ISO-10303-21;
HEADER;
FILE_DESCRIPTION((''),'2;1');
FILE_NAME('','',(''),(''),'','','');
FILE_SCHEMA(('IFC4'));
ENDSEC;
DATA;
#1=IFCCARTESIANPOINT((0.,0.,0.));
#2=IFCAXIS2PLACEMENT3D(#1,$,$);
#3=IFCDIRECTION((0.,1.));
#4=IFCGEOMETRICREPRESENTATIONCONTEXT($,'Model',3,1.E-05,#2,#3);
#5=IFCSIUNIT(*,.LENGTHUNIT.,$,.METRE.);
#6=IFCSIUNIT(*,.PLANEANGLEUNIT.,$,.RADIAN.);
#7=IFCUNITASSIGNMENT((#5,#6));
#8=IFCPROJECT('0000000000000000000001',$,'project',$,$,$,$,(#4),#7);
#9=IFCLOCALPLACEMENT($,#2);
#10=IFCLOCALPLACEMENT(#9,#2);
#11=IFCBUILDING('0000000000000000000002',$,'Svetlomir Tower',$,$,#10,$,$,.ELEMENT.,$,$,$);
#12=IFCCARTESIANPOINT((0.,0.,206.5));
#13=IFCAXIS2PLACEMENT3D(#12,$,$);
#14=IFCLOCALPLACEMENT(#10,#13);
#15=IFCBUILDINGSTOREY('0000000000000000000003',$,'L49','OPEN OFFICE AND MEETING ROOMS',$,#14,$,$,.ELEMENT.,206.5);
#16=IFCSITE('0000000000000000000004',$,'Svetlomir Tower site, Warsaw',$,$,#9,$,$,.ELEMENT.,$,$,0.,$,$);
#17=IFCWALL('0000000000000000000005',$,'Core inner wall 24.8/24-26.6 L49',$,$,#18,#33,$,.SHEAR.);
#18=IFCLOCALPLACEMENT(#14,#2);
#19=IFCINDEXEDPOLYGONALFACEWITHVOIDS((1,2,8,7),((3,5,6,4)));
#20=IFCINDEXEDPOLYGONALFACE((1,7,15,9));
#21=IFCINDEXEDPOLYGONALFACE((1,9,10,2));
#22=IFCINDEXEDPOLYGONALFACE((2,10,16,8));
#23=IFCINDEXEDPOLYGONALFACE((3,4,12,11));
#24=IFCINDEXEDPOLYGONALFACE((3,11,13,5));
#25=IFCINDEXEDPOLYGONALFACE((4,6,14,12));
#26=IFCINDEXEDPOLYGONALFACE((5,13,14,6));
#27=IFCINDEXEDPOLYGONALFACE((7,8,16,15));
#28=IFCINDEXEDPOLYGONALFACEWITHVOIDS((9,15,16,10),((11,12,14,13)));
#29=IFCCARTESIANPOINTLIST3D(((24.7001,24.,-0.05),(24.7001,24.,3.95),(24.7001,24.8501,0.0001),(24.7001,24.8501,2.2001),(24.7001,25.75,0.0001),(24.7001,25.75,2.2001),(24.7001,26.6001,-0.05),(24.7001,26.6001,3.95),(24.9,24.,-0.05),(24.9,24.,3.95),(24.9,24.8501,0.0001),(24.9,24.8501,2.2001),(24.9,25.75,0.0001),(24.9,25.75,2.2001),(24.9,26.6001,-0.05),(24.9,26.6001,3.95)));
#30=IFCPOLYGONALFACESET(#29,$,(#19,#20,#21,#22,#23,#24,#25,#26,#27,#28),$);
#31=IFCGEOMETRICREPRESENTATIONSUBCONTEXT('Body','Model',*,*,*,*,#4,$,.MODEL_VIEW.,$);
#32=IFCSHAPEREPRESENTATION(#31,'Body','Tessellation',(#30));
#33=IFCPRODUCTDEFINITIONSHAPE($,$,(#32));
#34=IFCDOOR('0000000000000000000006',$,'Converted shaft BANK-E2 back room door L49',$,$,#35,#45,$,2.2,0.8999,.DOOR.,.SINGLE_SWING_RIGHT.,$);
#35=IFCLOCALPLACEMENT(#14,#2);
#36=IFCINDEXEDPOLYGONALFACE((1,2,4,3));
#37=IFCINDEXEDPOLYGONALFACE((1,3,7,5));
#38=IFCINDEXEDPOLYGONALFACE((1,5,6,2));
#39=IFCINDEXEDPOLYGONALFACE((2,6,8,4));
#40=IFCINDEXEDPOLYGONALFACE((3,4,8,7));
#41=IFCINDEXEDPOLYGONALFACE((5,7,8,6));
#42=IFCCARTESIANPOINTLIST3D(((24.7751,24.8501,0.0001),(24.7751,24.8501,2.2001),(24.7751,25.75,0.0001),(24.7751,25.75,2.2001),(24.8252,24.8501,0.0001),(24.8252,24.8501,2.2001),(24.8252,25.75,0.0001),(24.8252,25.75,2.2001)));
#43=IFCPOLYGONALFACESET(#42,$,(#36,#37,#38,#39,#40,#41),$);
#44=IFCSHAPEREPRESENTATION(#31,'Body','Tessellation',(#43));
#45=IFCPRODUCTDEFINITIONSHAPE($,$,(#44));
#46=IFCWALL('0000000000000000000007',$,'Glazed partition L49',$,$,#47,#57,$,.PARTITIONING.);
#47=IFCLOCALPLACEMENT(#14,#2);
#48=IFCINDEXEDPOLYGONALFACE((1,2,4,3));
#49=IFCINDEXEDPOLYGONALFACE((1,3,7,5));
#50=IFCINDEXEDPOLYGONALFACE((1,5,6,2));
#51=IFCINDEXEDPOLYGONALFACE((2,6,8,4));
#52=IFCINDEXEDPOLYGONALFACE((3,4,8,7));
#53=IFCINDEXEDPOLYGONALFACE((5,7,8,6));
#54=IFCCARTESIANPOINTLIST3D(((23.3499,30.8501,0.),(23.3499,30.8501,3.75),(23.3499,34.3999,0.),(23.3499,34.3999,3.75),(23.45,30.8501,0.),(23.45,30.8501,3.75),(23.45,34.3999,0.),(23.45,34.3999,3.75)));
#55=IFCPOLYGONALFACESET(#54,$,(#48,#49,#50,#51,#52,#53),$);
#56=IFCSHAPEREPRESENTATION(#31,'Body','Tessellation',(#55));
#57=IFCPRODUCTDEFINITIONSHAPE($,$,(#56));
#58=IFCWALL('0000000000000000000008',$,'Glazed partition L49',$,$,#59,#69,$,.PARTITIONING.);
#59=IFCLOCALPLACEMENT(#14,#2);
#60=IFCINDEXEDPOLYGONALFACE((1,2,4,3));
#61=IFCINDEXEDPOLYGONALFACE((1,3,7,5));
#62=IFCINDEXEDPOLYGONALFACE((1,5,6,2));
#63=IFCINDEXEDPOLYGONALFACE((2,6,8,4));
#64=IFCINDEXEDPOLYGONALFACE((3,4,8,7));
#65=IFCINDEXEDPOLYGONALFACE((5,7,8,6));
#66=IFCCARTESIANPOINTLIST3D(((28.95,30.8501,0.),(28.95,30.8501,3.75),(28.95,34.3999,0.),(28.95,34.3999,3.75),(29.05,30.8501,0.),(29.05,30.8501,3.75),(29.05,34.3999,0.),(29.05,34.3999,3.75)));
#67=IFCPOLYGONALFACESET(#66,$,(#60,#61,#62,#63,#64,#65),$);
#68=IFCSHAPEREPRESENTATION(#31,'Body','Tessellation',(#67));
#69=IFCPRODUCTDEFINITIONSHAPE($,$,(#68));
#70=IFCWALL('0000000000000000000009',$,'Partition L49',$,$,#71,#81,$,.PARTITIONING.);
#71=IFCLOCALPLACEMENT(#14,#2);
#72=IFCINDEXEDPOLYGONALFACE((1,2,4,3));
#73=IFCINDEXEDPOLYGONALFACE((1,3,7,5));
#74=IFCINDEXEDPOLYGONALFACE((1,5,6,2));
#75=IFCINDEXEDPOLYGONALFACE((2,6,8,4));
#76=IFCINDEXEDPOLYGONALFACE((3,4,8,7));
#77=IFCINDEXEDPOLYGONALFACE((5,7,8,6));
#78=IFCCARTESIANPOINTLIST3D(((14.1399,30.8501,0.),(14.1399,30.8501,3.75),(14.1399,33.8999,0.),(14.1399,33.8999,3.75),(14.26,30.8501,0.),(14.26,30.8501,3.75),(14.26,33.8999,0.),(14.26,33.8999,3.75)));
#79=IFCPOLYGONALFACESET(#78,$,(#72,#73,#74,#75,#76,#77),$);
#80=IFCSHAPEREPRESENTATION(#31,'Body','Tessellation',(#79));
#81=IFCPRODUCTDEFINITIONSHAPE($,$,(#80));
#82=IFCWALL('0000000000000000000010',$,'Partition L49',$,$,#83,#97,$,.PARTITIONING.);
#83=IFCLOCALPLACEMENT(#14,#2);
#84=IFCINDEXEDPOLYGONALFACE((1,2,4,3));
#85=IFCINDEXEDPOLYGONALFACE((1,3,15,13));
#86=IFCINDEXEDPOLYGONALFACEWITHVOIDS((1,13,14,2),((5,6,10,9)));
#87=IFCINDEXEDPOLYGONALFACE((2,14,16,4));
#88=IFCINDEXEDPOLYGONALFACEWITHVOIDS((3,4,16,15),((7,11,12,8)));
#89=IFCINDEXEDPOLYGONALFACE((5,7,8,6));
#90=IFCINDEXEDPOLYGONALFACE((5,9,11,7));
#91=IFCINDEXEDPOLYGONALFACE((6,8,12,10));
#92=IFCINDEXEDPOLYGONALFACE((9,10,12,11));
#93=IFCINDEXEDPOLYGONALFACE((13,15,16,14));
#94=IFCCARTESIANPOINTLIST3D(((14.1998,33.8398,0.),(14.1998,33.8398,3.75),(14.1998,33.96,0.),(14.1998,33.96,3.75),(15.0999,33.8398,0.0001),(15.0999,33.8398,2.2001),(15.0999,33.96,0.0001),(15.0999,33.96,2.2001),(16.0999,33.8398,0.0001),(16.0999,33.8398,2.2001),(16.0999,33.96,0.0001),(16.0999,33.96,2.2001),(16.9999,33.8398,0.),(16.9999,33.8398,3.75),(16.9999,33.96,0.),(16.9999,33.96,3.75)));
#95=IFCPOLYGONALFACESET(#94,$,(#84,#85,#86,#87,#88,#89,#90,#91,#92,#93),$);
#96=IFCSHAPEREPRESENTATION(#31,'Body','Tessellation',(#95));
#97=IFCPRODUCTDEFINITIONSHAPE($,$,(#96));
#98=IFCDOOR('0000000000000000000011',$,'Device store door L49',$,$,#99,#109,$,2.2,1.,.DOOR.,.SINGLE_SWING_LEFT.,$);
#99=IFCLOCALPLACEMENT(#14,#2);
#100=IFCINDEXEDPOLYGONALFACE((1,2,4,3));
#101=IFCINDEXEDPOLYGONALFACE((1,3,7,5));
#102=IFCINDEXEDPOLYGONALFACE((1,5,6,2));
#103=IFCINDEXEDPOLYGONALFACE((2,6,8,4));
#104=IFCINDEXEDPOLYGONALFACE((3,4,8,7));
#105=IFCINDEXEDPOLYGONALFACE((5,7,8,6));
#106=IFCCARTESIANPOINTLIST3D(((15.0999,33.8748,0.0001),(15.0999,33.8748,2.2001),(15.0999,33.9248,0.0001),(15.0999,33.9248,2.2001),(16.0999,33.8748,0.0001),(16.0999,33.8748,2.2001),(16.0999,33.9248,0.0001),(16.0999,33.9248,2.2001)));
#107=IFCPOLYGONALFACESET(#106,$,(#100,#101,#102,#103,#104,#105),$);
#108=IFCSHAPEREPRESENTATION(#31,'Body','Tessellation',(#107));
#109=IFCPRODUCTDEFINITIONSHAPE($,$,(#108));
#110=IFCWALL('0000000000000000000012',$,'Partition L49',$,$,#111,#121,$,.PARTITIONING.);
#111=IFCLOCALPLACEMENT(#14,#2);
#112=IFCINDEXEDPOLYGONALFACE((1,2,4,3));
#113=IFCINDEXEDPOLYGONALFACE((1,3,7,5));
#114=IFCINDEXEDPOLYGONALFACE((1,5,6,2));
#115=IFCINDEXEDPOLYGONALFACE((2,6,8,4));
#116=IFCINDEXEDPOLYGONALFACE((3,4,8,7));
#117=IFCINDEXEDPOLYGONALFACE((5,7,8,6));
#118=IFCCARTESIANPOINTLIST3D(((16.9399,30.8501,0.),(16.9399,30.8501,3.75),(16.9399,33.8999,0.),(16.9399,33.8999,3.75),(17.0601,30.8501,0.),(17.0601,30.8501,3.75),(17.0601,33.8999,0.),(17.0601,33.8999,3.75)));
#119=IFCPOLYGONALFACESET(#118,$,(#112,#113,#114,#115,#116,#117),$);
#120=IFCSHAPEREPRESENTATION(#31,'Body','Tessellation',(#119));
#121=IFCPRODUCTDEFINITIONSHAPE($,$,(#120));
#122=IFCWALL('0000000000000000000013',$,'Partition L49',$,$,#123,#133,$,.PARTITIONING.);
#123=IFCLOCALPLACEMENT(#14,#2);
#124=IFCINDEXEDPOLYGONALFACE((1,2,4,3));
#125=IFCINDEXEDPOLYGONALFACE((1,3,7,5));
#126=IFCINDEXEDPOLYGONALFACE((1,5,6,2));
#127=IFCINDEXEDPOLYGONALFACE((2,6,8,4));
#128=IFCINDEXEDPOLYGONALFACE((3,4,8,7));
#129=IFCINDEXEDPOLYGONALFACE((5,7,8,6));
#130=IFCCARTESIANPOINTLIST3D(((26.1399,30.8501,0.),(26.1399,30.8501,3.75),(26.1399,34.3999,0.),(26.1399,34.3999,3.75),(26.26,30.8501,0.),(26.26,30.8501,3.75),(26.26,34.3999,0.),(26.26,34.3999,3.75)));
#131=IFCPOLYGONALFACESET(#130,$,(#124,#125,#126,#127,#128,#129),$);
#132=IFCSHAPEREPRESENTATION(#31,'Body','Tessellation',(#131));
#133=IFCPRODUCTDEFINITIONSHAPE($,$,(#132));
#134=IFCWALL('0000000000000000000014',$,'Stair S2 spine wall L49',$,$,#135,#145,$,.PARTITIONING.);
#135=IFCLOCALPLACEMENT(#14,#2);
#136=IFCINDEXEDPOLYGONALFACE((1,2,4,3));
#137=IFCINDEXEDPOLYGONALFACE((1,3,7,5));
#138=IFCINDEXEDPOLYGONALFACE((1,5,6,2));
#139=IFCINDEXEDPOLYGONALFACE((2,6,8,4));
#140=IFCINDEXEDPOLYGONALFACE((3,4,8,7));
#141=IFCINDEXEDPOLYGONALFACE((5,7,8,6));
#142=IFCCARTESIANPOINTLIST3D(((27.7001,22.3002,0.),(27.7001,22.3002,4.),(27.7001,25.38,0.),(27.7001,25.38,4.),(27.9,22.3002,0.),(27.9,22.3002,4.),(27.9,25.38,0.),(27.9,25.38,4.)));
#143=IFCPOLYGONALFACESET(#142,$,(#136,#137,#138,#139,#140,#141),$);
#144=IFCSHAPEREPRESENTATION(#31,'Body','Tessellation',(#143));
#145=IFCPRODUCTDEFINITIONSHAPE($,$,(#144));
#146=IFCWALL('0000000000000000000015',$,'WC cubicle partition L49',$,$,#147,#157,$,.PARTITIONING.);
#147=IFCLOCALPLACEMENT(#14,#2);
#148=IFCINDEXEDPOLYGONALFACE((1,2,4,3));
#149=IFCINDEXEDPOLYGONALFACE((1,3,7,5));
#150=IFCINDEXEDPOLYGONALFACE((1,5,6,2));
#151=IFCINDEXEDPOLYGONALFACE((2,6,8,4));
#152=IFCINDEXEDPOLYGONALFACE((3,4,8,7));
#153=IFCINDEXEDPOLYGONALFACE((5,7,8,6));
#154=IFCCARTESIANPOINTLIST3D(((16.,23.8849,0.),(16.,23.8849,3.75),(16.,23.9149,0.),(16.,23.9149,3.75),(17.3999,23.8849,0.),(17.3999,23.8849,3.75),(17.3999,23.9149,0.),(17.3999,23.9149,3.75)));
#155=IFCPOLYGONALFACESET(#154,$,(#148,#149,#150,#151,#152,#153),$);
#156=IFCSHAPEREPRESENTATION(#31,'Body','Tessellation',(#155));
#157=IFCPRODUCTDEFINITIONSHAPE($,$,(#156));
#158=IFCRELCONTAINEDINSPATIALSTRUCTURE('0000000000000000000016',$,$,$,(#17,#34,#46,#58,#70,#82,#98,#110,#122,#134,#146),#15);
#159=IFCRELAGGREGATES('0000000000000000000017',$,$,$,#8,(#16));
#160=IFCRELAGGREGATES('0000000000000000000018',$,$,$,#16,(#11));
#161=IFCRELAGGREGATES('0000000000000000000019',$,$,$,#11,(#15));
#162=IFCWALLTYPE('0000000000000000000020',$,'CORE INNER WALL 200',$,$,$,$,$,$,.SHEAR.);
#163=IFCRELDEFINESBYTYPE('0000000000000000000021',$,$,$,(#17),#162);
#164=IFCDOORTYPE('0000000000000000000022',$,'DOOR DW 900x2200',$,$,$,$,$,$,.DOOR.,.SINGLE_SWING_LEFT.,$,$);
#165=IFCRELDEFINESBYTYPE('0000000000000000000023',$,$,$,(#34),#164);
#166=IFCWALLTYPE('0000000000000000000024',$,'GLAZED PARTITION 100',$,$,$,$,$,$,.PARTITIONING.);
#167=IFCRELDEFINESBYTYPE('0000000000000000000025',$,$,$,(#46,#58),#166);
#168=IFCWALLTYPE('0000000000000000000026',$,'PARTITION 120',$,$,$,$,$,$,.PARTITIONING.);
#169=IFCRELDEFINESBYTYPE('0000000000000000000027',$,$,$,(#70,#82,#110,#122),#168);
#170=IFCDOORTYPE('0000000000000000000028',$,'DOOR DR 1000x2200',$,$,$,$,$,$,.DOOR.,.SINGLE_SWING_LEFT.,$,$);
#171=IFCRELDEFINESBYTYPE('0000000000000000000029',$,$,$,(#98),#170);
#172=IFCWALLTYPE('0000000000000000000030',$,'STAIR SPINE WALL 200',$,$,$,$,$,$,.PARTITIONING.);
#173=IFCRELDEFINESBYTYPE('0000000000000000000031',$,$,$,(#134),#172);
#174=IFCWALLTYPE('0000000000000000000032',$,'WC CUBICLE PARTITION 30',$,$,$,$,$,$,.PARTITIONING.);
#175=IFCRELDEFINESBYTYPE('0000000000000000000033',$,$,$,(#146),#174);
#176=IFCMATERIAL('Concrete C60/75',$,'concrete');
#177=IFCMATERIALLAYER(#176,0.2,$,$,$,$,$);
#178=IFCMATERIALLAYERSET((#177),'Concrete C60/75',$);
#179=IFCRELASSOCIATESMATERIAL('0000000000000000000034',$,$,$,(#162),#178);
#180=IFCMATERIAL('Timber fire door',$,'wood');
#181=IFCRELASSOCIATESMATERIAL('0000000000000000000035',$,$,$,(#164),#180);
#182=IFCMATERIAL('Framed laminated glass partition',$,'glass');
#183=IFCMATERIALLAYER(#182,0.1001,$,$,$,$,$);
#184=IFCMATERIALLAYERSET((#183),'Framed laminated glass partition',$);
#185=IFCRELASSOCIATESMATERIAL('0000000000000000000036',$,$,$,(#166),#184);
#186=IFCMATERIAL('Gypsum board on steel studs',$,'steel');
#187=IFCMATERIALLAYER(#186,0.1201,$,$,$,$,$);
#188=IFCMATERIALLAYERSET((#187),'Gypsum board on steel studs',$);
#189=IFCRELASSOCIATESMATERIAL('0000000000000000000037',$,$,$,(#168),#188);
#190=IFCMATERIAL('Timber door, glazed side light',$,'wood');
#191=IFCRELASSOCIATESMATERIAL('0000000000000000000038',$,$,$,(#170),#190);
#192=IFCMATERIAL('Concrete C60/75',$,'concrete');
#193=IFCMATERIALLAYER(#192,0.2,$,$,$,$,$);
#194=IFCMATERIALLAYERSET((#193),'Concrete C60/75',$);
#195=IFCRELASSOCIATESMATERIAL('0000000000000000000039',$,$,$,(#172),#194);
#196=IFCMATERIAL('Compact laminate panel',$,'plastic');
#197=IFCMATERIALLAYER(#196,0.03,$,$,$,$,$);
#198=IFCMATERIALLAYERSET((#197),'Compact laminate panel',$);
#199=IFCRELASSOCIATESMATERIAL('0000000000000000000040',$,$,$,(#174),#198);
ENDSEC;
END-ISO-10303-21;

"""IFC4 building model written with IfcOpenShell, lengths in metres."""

from ifc_helpers import new_model, si_unit, direction, frame, frame_2d, origin, place, context, subcontext, project, spatial, rectangle, extrude, material, layer, layer_set, type_object, element, fill, save


model = new_model("IFC4")

# Units and contexts
model_context = context("Model", 3, precision=1e-05, world=origin(), true_north=direction((0.0, 1.0)))
body_context = subcontext(model_context, "Body", "Model", "MODEL_VIEW")
ifc_project = project(units=[si_unit("LENGTHUNIT", "METRE"), si_unit("PLANEANGLEUNIT", "RADIAN")], contexts=[model_context])

# Site, building, storey
site_placement = place(None, origin())
site = spatial("IfcSite", under=ifc_project, at=site_placement, Name="Svetlomir Tower site, Warsaw", CompositionType="ELEMENT", RefElevation=0.0)
building_placement = place(site_placement, origin())
building = spatial("IfcBuilding", under=site, at=building_placement, Name="Svetlomir Tower", CompositionType="ELEMENT")
storey_placement = place(building_placement, frame((0.0, 0.0, 206.5)))
storey = spatial("IfcBuildingStorey", under=building, at=storey_placement, Name="L49", Description="OPEN OFFICE AND MEETING ROOMS", CompositionType="ELEMENT", Elevation=206.5)

# Shared definitions
ifc_material_1 = material(Name="Concrete C60/75", Category="concrete")
ifc_layer_1 = layer(ifc_material_1, 0.2)
ifc_layer_set_1 = layer_set([ifc_layer_1], Name="Concrete C60/75")
wall_type_1 = type_object("IfcWallType", Name="CORE INNER WALL 200", PredefinedType="SHEAR", material=ifc_layer_set_1)

# Wall, opening, door
ifc_material_2 = material(Name="Timber fire door", Category="wood")
door_type_1 = type_object("IfcDoorType", Name="DOOR DW 900x2200", OperationType="SINGLE_SWING_LEFT", PredefinedType="DOOR", material=ifc_material_2)
wall_1_placement = place(storey_placement, frame((24.8, 24.0, -0.05), z_axis=(0.0, 0.0, 1.0), x_axis=(0.0, 1.0, 0.0)))
wall_1 = element("IfcWall", 1, at=wall_1_placement, inside=storey, type_object=wall_type_1, Name="Core inner wall 24.8/24-26.6 L49", PredefinedType="SHEAR", context=body_context, shape_type="SweptSolid", body=[
    extrude(rectangle(XDim=2.6001, YDim=0.2, at=frame_2d((1.3, 0.0))), origin(), (0.0, 0.0, 1.0), 4.0),
])
opening_1_placement = place(wall_1_placement, frame((0.8501, 0.0, 0.05)))
opening_1 = element("IfcOpeningElement", 2, at=opening_1_placement, cuts=wall_1, PredefinedType="OPENING", context=body_context, shape_type="SweptSolid", body=[
    extrude(rectangle(XDim=0.8999, YDim=2.2, at=frame_2d((0.45, 1.1001))), frame((0.0, 0.1099, 0.0), z_axis=(0.0, -1.0, 0.0), x_axis=(1.0, 0.0, 0.0)), (0.0, 0.0, 1.0), 0.22),
])
door_1_placement = place(opening_1_placement, origin())
door_1 = element("IfcDoor", 3, at=door_1_placement, inside=storey, type_object=door_type_1, Name="Converted shaft BANK-E2 back room door L49", OperationType="SINGLE_SWING_RIGHT", OverallHeight=2.2, OverallWidth=0.8999, PredefinedType="DOOR", context=body_context, shape_type="SweptSolid", body=[
    extrude(rectangle(XDim=0.8999, YDim=2.2, at=frame_2d((0.45, 1.1001))), frame((0.0, 0.0249, 0.0), z_axis=(0.0, -1.0, 0.0), x_axis=(1.0, 0.0, 0.0)), (0.0, 0.0, 1.0), 0.05),
])
fill(opening_1, door_1)

# Wall
ifc_material_3 = material(Name="Framed laminated glass partition", Category="glass")
ifc_layer_2 = layer(ifc_material_3, 0.1001)
ifc_layer_set_2 = layer_set([ifc_layer_2], Name="Framed laminated glass partition")
wall_type_2 = type_object("IfcWallType", Name="GLAZED PARTITION 100", PredefinedType="PARTITIONING", material=ifc_layer_set_2)
wall_2_placement = place(storey_placement, frame((23.3999, 30.8501, 0.0), z_axis=(0.0, 0.0, 1.0), x_axis=(0.0, 1.0, 0.0)))
element("IfcWall", 4, at=wall_2_placement, inside=storey, type_object=wall_type_2, Name="Glazed partition L49", PredefinedType="PARTITIONING", context=body_context, shape_type="SweptSolid", body=[
    extrude(rectangle(XDim=3.5498, YDim=0.1001, at=frame_2d((1.7749, 0.0))), origin(), (0.0, 0.0, 1.0), 3.75),
])

# Walls
wall_3_placement = place(storey_placement, frame((29.0, 30.8501, 0.0), z_axis=(0.0, 0.0, 1.0), x_axis=(0.0, 1.0, 0.0)))
element("IfcWall", 5, at=wall_3_placement, inside=storey, type_object=wall_type_2, Name="Glazed partition L49", PredefinedType="PARTITIONING", context=body_context, shape_type="SweptSolid", body=[
    extrude(rectangle(XDim=3.5498, YDim=0.1001, at=frame_2d((1.7749, 0.0))), origin(), (0.0, 0.0, 1.0), 3.75),
])
ifc_material_4 = material(Name="Gypsum board on steel studs", Category="steel")
ifc_layer_3 = layer(ifc_material_4, 0.1201)
ifc_layer_set_3 = layer_set([ifc_layer_3], Name="Gypsum board on steel studs")
wall_type_3 = type_object("IfcWallType", Name="PARTITION 120", PredefinedType="PARTITIONING", material=ifc_layer_set_3)
wall_4_placement = place(storey_placement, frame((14.2, 30.8501, 0.0), z_axis=(0.0, 0.0, 1.0), x_axis=(0.0, 1.0, 0.0)))
element("IfcWall", 6, at=wall_4_placement, inside=storey, type_object=wall_type_3, Name="Partition L49", PredefinedType="PARTITIONING", context=body_context, shape_type="SweptSolid", body=[
    extrude(rectangle(XDim=3.0498, YDim=0.1201, at=frame_2d((1.5249, 0.0))), origin(), (0.0, 0.0, 1.0), 3.75),
])

# Wall, opening, door
wall_5_placement = place(storey_placement, frame((14.2, 33.8999, 0.0), z_axis=(0.0, 0.0, 1.0), x_axis=(1.0, 0.0, 0.0)))
wall_5 = element("IfcWall", 7, at=wall_5_placement, inside=storey, type_object=wall_type_3, Name="Partition L49", PredefinedType="PARTITIONING", context=body_context, shape_type="SweptSolid", body=[
    extrude(rectangle(XDim=2.8, YDim=0.1201, at=frame_2d((1.3999, 0.0))), origin(), (0.0, 0.0, 1.0), 3.75),
])
opening_2_placement = place(wall_5_placement, frame((0.8999, 0.0, 0.0)))
opening_2 = element("IfcOpeningElement", 8, at=opening_2_placement, cuts=wall_5, PredefinedType="OPENING", context=body_context, shape_type="SweptSolid", body=[
    extrude(rectangle(XDim=1.0, YDim=2.2, at=frame_2d((0.5, 1.1001))), frame((0.0, 0.0701, 0.0), z_axis=(0.0, -1.0, 0.0), x_axis=(1.0, 0.0, 0.0)), (0.0, 0.0, 1.0), 0.1401),
])
ifc_material_5 = material(Name="Timber door, glazed side light", Category="wood")
door_type_2 = type_object("IfcDoorType", Name="DOOR DR 1000x2200", OperationType="SINGLE_SWING_LEFT", PredefinedType="DOOR", material=ifc_material_5)
door_2_placement = place(opening_2_placement, origin())
door_2 = element("IfcDoor", 9, at=door_2_placement, inside=storey, type_object=door_type_2, Name="Device store door L49", OperationType="SINGLE_SWING_LEFT", OverallHeight=2.2, OverallWidth=1.0, PredefinedType="DOOR", context=body_context, shape_type="SweptSolid", body=[
    extrude(rectangle(XDim=1.0, YDim=2.2, at=frame_2d((0.5, 1.1001))), frame((0.0, 0.0249, 0.0), z_axis=(0.0, -1.0, 0.0), x_axis=(1.0, 0.0, 0.0)), (0.0, 0.0, 1.0), 0.05),
])
fill(opening_2, door_2)

# Walls
wall_6_placement = place(storey_placement, frame((17.0, 30.8501, 0.0), z_axis=(0.0, 0.0, 1.0), x_axis=(0.0, 1.0, 0.0)))
element("IfcWall", 10, at=wall_6_placement, inside=storey, type_object=wall_type_3, Name="Partition L49", PredefinedType="PARTITIONING", context=body_context, shape_type="SweptSolid", body=[
    extrude(rectangle(XDim=3.0498, YDim=0.1201, at=frame_2d((1.5249, 0.0))), origin(), (0.0, 0.0, 1.0), 3.75),
])
wall_7_placement = place(storey_placement, frame((26.2, 30.8501, 0.0), z_axis=(0.0, 0.0, 1.0), x_axis=(0.0, 1.0, 0.0)))
element("IfcWall", 11, at=wall_7_placement, inside=storey, type_object=wall_type_3, Name="Partition L49", PredefinedType="PARTITIONING", context=body_context, shape_type="SweptSolid", body=[
    extrude(rectangle(XDim=3.5498, YDim=0.1201, at=frame_2d((1.7749, 0.0))), origin(), (0.0, 0.0, 1.0), 3.75),
])
ifc_material_6 = material(Name="Concrete C60/75", Category="concrete")
ifc_layer_4 = layer(ifc_material_6, 0.2)
ifc_layer_set_4 = layer_set([ifc_layer_4], Name="Concrete C60/75")
wall_type_4 = type_object("IfcWallType", Name="STAIR SPINE WALL 200", PredefinedType="PARTITIONING", material=ifc_layer_set_4)
wall_8_placement = place(storey_placement, frame((27.8, 22.3, 0.0), z_axis=(0.0, 0.0, 1.0), x_axis=(0.0, 1.0, 0.0)))
element("IfcWall", 12, at=wall_8_placement, inside=storey, type_object=wall_type_4, Name="Stair S2 spine wall L49", PredefinedType="PARTITIONING", context=body_context, shape_type="SweptSolid", body=[
    extrude(rectangle(XDim=3.0798, YDim=0.2, at=frame_2d((1.54, 0.0))), origin(), (0.0, 0.0, 1.0), 4.0),
])
ifc_material_7 = material(Name="Compact laminate panel", Category="plastic")
ifc_layer_5 = layer(ifc_material_7, 0.03)
ifc_layer_set_5 = layer_set([ifc_layer_5], Name="Compact laminate panel")
wall_type_5 = type_object("IfcWallType", Name="WC CUBICLE PARTITION 30", PredefinedType="PARTITIONING", material=ifc_layer_set_5)
wall_9_placement = place(storey_placement, frame((16.0, 23.8999, 0.0), z_axis=(0.0, 0.0, 1.0), x_axis=(1.0, 0.0, 0.0)))
element("IfcWall", 13, at=wall_9_placement, inside=storey, type_object=wall_type_5, Name="WC cubicle partition L49", PredefinedType="PARTITIONING", context=body_context, shape_type="SweptSolid", body=[
    extrude(rectangle(XDim=1.3999, YDim=0.03, at=frame_2d((0.7, 0.0))), origin(), (0.0, 0.0, 1.0), 3.75),
])

save(model, "model.ifc")
